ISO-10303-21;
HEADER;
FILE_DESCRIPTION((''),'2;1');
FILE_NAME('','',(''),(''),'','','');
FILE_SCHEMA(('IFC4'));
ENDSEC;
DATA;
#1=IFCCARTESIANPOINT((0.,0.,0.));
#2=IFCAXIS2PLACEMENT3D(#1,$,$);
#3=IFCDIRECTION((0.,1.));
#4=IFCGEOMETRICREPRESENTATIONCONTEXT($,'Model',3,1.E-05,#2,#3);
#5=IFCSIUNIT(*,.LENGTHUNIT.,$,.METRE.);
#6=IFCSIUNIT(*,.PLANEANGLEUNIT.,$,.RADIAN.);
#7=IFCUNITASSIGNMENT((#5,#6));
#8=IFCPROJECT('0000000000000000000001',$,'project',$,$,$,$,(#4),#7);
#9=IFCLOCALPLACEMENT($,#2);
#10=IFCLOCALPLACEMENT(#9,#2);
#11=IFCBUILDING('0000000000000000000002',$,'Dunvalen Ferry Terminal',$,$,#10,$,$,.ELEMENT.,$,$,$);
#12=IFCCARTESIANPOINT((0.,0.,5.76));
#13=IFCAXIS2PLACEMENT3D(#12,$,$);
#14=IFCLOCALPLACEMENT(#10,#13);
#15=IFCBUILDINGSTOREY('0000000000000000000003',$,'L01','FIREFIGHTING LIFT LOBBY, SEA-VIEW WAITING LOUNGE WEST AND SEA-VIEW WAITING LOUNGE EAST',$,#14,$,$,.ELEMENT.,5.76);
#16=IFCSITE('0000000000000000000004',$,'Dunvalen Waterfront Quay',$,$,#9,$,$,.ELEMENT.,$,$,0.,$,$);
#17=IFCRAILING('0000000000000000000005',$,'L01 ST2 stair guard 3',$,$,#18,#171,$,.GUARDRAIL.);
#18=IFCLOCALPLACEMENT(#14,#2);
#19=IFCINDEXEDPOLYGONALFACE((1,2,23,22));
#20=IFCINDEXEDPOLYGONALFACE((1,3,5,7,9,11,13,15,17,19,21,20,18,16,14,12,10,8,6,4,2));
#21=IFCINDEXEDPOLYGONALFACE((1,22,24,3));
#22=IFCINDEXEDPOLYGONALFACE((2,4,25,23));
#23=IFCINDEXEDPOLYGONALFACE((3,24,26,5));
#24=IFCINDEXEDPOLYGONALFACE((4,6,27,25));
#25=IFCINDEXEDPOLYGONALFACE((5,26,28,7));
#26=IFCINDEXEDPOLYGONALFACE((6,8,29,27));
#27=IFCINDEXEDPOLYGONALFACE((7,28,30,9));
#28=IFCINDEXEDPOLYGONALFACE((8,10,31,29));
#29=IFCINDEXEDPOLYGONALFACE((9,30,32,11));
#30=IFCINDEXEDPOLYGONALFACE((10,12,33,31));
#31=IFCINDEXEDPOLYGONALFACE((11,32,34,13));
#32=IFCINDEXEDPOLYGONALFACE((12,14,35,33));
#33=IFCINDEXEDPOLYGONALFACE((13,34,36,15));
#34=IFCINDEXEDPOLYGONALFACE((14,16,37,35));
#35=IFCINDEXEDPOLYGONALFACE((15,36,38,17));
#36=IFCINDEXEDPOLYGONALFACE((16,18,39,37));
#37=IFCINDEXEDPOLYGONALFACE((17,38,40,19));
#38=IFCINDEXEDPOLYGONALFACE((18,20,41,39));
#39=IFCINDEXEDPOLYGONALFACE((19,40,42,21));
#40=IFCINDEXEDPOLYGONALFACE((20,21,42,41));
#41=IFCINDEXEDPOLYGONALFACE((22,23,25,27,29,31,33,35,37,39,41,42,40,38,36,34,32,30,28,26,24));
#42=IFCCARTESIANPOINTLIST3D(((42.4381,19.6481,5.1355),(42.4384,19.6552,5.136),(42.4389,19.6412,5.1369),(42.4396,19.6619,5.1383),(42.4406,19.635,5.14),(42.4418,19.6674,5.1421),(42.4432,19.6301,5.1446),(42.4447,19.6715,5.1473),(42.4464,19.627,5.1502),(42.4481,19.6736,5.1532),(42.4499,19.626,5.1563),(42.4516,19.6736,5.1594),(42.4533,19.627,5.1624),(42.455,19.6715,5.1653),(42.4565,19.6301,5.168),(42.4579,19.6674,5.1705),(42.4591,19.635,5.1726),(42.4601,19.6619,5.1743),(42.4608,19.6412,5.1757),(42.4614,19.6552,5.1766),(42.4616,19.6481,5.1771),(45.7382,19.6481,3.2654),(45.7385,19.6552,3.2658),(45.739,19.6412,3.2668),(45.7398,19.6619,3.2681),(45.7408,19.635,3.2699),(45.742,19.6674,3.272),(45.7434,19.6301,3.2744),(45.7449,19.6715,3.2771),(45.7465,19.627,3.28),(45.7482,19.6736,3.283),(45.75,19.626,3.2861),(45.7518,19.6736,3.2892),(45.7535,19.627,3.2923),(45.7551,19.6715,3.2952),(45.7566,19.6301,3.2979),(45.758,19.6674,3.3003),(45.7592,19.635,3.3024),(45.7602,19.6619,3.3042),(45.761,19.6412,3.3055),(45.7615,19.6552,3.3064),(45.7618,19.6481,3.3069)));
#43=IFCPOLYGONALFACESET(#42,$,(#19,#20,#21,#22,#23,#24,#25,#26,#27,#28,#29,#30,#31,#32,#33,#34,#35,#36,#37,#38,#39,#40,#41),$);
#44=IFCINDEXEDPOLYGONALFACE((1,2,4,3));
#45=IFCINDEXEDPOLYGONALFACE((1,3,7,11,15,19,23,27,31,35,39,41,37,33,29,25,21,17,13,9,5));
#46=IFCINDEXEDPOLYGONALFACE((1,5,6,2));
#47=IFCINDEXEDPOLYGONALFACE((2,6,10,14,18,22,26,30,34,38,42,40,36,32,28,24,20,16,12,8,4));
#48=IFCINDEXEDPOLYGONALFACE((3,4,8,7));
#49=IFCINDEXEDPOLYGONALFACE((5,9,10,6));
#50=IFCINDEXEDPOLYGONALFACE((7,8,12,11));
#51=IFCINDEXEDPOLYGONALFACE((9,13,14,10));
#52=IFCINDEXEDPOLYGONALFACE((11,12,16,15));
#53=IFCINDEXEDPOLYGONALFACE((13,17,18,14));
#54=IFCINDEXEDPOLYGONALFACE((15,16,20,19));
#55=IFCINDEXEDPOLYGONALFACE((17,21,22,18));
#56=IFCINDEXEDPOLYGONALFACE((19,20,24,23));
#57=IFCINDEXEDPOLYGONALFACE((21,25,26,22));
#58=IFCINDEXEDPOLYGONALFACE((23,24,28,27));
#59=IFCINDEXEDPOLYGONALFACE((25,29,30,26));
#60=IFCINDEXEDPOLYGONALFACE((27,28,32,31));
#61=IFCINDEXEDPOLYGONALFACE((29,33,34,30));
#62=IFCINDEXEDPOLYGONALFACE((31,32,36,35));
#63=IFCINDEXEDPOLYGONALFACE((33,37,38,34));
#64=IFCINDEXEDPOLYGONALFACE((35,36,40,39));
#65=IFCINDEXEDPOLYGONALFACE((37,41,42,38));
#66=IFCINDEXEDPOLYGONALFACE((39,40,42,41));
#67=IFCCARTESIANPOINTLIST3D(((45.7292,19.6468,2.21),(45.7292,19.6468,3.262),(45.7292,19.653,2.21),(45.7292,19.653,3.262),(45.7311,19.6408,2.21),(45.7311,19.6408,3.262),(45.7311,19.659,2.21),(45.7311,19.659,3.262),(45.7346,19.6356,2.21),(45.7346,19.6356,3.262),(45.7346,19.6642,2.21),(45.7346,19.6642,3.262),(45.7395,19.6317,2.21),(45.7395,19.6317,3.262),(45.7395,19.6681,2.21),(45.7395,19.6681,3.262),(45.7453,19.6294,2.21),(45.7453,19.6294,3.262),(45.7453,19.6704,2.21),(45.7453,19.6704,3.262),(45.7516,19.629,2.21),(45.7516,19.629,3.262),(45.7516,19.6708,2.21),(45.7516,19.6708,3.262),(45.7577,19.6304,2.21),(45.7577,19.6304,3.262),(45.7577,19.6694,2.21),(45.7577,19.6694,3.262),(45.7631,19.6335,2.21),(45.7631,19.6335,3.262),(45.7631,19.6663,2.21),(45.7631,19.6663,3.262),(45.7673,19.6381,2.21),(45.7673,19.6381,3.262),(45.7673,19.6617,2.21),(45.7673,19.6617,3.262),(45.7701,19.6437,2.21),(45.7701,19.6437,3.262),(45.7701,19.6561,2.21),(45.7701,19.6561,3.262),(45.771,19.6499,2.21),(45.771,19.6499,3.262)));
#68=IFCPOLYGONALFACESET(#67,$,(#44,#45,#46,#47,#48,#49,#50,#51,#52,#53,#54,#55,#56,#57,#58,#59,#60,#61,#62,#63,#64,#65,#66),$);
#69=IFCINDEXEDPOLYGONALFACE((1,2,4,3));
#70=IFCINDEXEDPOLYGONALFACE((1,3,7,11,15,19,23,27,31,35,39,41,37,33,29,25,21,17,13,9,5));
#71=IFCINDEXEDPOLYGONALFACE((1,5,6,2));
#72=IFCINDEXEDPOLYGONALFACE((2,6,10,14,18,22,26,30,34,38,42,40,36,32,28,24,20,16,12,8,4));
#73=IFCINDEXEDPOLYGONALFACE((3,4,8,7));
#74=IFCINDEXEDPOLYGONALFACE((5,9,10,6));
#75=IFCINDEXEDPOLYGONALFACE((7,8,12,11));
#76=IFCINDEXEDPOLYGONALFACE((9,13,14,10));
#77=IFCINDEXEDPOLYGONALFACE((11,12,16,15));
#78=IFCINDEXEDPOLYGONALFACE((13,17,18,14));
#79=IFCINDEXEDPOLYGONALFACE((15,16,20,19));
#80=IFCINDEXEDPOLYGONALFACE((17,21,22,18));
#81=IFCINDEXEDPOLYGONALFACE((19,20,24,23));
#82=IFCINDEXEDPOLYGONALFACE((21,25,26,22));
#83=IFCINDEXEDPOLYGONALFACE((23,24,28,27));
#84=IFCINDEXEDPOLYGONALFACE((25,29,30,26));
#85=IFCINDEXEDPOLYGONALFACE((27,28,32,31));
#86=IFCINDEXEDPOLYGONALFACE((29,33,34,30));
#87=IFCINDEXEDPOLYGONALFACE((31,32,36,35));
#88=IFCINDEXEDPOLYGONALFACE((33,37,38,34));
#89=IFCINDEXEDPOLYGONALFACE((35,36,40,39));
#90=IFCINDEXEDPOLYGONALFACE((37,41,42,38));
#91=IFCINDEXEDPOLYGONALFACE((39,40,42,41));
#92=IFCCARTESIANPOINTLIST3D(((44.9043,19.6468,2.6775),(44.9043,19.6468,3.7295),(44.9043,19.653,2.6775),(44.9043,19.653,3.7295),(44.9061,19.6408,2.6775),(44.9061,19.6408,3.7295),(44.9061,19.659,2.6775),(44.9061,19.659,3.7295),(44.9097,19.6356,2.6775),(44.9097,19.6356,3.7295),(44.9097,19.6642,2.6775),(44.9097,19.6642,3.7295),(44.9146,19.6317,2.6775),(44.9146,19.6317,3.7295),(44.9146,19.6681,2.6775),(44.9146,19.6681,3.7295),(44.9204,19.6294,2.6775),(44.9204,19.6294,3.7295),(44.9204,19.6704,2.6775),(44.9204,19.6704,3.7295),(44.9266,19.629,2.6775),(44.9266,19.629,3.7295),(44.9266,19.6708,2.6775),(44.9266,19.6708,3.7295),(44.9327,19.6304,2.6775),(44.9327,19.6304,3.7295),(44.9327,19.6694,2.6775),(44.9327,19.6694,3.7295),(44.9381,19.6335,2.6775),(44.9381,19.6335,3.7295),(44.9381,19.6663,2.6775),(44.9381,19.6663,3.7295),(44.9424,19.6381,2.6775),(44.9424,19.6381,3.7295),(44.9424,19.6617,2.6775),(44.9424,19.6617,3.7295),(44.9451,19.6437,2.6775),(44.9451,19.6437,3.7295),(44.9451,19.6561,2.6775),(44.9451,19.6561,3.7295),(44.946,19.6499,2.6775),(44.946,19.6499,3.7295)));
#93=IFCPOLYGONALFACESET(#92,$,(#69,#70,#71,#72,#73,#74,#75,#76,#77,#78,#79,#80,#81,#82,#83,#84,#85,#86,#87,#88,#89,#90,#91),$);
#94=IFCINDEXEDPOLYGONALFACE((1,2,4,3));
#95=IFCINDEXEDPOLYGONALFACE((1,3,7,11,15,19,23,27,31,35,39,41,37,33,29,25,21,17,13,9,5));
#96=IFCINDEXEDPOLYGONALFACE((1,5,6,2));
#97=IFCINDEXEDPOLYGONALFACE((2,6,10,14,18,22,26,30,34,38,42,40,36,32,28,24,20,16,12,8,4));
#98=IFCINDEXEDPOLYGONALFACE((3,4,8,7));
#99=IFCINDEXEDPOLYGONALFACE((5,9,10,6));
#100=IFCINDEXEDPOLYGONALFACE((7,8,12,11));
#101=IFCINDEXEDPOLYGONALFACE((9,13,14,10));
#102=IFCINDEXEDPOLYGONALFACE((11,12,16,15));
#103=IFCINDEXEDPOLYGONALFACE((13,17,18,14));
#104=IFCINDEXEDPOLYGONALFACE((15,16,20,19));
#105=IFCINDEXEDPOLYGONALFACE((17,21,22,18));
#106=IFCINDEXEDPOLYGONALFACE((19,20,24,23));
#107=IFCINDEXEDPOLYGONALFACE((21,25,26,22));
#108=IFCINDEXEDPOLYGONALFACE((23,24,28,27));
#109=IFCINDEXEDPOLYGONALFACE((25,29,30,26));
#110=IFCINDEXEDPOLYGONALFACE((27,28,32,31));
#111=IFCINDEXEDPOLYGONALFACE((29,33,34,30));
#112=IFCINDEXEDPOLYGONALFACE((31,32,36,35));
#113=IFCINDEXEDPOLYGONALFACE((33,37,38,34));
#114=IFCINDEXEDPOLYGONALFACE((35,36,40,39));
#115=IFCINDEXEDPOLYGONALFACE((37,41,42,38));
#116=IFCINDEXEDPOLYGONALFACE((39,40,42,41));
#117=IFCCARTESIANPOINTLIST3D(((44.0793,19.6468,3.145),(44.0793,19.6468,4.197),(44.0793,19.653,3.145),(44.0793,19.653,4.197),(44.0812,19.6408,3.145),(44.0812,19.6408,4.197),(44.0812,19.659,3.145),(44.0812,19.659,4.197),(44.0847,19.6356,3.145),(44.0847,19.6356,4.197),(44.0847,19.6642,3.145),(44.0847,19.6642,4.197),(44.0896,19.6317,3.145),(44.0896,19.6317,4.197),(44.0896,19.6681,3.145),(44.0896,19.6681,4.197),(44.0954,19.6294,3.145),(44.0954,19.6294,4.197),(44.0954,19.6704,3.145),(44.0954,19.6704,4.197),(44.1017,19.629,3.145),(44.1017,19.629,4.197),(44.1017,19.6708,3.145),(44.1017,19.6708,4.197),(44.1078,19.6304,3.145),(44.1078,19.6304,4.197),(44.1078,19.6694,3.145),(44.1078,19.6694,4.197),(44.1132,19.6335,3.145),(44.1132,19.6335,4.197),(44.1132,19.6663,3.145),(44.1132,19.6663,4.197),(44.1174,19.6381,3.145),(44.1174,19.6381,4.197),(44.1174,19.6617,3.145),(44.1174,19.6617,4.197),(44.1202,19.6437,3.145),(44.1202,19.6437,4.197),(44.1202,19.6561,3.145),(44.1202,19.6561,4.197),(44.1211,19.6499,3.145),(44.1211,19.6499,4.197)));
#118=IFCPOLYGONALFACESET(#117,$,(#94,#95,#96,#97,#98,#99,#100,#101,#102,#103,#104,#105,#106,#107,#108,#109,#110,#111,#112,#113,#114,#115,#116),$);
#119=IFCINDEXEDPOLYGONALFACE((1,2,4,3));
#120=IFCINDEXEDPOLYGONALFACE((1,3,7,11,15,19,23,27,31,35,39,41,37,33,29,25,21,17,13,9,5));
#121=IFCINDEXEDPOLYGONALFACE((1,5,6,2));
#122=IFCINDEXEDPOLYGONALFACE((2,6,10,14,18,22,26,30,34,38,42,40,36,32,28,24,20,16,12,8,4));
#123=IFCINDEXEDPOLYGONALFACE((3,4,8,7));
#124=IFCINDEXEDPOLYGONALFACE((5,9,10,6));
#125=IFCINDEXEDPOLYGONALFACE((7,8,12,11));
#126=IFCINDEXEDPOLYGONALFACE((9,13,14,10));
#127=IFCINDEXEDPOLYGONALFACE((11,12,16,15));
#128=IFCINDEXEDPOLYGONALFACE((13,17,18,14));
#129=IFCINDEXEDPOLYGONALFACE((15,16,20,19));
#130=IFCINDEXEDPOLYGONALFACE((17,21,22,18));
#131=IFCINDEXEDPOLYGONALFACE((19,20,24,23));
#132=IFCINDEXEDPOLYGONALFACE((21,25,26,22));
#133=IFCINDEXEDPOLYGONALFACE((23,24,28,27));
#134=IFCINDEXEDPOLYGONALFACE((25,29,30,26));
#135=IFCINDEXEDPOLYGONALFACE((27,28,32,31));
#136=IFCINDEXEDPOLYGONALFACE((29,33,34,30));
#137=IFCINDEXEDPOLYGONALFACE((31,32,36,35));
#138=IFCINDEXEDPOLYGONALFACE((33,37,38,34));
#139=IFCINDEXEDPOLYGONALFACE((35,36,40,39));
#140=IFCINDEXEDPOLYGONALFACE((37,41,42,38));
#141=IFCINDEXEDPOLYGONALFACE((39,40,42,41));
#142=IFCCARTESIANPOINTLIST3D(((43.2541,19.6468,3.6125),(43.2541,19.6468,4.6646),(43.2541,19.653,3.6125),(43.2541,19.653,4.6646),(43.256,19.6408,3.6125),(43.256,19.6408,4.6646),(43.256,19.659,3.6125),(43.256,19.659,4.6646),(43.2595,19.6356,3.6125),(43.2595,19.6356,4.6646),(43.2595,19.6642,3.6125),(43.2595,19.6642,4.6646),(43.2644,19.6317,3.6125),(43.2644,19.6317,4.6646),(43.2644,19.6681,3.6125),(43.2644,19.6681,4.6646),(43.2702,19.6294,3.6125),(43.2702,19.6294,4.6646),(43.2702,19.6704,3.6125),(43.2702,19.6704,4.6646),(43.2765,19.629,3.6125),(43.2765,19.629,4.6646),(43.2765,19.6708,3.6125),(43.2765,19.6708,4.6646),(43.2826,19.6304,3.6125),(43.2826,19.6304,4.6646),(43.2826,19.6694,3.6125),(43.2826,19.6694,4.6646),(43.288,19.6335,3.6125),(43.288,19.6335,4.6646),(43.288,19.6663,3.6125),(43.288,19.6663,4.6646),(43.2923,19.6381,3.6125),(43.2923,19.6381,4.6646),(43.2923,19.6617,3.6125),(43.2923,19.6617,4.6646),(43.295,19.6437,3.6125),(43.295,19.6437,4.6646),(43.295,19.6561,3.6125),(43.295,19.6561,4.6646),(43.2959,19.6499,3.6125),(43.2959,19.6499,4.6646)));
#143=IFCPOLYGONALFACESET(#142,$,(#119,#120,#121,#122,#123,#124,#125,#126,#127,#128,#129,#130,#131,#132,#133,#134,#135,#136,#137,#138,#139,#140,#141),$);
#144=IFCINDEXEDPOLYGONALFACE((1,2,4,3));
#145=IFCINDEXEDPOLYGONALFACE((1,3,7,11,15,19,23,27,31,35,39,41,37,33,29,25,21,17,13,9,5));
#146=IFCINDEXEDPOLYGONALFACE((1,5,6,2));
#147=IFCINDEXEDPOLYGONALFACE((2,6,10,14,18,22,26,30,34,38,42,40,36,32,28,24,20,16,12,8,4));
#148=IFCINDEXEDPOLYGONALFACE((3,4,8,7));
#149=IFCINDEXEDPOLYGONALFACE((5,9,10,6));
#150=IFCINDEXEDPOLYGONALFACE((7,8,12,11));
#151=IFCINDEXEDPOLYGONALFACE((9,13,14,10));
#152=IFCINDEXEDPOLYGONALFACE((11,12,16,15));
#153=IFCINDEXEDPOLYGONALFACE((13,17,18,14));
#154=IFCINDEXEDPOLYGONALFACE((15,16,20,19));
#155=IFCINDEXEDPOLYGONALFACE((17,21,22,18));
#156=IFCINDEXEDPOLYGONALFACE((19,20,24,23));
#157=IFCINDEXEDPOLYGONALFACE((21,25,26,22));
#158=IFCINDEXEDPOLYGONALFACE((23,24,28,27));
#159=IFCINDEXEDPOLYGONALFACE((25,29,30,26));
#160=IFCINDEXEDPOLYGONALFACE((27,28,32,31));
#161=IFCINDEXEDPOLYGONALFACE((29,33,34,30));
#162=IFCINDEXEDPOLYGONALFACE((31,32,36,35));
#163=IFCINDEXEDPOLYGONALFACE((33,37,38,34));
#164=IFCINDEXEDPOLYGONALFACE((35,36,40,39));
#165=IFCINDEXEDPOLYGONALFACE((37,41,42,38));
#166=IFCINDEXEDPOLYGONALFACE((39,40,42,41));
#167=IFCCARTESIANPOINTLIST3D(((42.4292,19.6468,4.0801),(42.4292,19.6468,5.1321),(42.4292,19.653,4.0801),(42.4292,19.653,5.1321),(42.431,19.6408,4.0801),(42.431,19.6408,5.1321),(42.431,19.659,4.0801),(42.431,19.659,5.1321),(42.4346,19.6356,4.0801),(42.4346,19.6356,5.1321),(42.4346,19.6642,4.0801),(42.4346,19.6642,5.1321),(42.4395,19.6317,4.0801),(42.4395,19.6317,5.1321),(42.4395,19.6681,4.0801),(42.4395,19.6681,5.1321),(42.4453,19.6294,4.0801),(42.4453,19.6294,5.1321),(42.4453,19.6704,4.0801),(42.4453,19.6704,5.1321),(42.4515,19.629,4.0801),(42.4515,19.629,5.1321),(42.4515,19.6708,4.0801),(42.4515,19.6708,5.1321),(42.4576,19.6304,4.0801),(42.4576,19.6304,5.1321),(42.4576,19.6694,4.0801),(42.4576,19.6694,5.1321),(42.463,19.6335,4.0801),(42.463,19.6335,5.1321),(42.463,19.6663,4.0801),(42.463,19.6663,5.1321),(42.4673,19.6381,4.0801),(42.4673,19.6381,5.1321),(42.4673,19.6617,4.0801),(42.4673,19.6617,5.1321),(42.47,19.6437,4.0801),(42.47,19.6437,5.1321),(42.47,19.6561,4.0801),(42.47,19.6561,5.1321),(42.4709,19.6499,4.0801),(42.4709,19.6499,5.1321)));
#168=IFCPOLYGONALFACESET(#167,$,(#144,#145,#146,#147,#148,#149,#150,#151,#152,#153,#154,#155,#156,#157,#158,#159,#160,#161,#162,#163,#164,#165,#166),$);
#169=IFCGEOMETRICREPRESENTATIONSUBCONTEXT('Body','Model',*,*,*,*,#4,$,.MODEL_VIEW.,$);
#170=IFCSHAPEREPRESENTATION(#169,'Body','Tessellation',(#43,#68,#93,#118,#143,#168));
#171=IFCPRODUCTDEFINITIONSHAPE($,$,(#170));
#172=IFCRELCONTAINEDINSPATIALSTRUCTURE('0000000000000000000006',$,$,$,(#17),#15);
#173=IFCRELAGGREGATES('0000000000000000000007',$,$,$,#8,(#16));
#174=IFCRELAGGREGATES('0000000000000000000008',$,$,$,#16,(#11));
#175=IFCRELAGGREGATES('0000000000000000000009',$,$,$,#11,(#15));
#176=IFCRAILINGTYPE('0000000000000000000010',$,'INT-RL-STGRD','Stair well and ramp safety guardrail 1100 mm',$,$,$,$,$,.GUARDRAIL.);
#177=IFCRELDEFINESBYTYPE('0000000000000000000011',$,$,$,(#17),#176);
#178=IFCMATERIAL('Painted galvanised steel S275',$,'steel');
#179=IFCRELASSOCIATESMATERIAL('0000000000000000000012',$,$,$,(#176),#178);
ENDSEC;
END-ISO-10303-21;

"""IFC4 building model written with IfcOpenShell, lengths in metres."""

from ifc_helpers import new_model, si_unit, direction, frame, origin, origin_2d, place, context, subcontext, project, spatial, circle, extrude, material, type_object, element, save


model = new_model("IFC4")

# Units and contexts
model_context = context("Model", 3, precision=1e-05, world=origin(), true_north=direction((0.0, 1.0)))
body_context = subcontext(model_context, "Body", "Model", "MODEL_VIEW")
ifc_project = project(units=[si_unit("LENGTHUNIT", "METRE"), si_unit("PLANEANGLEUNIT", "RADIAN")], contexts=[model_context])

# Site, building, storey
site_placement = place(None, origin())
site = spatial("IfcSite", under=ifc_project, at=site_placement, Name="Dunvalen Waterfront Quay", CompositionType="ELEMENT", RefElevation=0.0)
building_placement = place(site_placement, origin())
building = spatial("IfcBuilding", under=site, at=building_placement, Name="Dunvalen Ferry Terminal", CompositionType="ELEMENT")
storey_placement = place(building_placement, frame((0.0, 0.0, 5.76)))
storey = spatial("IfcBuildingStorey", under=building, at=storey_placement, Name="L01", Description="FIREFIGHTING LIFT LOBBY, SEA-VIEW WAITING LOUNGE WEST AND SEA-VIEW WAITING LOUNGE EAST", CompositionType="ELEMENT", Elevation=5.76)

# Railing
ifc_material_1 = material(Name="Painted galvanised steel S275", Category="steel")
railing_type_1 = type_object("IfcRailingType", Name="INT-RL-STGRD", Description="Stair well and ramp safety guardrail 1100 mm", PredefinedType="GUARDRAIL", material=ifc_material_1)
railing_1_placement = place(storey_placement, frame((45.75, 19.6499, 2.21)))
element("IfcRailing", 1, at=railing_1_placement, inside=storey, type_object=railing_type_1, Name="L01 ST2 stair guard 3", PredefinedType="GUARDRAIL", context=body_context, shape_type="SweptSolid", body=[
    extrude(circle(Radius=0.0239, at=origin_2d()), frame((0.0, 0.0, 1.0762), z_axis=(-0.870012, 0.0, 0.49303), x_axis=(0.0, -1.0, 0.0)), (0.0, 0.0, 1.0), 3.7932),
    extrude(circle(Radius=0.021, at=origin_2d()), origin(), (0.0, 0.0, 1.0), 1.052),
    extrude(circle(Radius=0.021, at=origin_2d()), frame((-0.825, 0.0, 0.4675)), (0.0, 0.0, 1.0), 1.052),
    extrude(circle(Radius=0.021, at=origin_2d()), frame((-1.6499, 0.0, 0.9351)), (0.0, 0.0, 1.0), 1.052),
    extrude(circle(Radius=0.021, at=origin_2d()), frame((-2.4751, 0.0, 1.4026)), (0.0, 0.0, 1.0), 1.052),
    extrude(circle(Radius=0.021, at=origin_2d()), frame((-3.3, 0.0, 1.8701)), (0.0, 0.0, 1.0), 1.052),
])

save(model, "model.ifc")
